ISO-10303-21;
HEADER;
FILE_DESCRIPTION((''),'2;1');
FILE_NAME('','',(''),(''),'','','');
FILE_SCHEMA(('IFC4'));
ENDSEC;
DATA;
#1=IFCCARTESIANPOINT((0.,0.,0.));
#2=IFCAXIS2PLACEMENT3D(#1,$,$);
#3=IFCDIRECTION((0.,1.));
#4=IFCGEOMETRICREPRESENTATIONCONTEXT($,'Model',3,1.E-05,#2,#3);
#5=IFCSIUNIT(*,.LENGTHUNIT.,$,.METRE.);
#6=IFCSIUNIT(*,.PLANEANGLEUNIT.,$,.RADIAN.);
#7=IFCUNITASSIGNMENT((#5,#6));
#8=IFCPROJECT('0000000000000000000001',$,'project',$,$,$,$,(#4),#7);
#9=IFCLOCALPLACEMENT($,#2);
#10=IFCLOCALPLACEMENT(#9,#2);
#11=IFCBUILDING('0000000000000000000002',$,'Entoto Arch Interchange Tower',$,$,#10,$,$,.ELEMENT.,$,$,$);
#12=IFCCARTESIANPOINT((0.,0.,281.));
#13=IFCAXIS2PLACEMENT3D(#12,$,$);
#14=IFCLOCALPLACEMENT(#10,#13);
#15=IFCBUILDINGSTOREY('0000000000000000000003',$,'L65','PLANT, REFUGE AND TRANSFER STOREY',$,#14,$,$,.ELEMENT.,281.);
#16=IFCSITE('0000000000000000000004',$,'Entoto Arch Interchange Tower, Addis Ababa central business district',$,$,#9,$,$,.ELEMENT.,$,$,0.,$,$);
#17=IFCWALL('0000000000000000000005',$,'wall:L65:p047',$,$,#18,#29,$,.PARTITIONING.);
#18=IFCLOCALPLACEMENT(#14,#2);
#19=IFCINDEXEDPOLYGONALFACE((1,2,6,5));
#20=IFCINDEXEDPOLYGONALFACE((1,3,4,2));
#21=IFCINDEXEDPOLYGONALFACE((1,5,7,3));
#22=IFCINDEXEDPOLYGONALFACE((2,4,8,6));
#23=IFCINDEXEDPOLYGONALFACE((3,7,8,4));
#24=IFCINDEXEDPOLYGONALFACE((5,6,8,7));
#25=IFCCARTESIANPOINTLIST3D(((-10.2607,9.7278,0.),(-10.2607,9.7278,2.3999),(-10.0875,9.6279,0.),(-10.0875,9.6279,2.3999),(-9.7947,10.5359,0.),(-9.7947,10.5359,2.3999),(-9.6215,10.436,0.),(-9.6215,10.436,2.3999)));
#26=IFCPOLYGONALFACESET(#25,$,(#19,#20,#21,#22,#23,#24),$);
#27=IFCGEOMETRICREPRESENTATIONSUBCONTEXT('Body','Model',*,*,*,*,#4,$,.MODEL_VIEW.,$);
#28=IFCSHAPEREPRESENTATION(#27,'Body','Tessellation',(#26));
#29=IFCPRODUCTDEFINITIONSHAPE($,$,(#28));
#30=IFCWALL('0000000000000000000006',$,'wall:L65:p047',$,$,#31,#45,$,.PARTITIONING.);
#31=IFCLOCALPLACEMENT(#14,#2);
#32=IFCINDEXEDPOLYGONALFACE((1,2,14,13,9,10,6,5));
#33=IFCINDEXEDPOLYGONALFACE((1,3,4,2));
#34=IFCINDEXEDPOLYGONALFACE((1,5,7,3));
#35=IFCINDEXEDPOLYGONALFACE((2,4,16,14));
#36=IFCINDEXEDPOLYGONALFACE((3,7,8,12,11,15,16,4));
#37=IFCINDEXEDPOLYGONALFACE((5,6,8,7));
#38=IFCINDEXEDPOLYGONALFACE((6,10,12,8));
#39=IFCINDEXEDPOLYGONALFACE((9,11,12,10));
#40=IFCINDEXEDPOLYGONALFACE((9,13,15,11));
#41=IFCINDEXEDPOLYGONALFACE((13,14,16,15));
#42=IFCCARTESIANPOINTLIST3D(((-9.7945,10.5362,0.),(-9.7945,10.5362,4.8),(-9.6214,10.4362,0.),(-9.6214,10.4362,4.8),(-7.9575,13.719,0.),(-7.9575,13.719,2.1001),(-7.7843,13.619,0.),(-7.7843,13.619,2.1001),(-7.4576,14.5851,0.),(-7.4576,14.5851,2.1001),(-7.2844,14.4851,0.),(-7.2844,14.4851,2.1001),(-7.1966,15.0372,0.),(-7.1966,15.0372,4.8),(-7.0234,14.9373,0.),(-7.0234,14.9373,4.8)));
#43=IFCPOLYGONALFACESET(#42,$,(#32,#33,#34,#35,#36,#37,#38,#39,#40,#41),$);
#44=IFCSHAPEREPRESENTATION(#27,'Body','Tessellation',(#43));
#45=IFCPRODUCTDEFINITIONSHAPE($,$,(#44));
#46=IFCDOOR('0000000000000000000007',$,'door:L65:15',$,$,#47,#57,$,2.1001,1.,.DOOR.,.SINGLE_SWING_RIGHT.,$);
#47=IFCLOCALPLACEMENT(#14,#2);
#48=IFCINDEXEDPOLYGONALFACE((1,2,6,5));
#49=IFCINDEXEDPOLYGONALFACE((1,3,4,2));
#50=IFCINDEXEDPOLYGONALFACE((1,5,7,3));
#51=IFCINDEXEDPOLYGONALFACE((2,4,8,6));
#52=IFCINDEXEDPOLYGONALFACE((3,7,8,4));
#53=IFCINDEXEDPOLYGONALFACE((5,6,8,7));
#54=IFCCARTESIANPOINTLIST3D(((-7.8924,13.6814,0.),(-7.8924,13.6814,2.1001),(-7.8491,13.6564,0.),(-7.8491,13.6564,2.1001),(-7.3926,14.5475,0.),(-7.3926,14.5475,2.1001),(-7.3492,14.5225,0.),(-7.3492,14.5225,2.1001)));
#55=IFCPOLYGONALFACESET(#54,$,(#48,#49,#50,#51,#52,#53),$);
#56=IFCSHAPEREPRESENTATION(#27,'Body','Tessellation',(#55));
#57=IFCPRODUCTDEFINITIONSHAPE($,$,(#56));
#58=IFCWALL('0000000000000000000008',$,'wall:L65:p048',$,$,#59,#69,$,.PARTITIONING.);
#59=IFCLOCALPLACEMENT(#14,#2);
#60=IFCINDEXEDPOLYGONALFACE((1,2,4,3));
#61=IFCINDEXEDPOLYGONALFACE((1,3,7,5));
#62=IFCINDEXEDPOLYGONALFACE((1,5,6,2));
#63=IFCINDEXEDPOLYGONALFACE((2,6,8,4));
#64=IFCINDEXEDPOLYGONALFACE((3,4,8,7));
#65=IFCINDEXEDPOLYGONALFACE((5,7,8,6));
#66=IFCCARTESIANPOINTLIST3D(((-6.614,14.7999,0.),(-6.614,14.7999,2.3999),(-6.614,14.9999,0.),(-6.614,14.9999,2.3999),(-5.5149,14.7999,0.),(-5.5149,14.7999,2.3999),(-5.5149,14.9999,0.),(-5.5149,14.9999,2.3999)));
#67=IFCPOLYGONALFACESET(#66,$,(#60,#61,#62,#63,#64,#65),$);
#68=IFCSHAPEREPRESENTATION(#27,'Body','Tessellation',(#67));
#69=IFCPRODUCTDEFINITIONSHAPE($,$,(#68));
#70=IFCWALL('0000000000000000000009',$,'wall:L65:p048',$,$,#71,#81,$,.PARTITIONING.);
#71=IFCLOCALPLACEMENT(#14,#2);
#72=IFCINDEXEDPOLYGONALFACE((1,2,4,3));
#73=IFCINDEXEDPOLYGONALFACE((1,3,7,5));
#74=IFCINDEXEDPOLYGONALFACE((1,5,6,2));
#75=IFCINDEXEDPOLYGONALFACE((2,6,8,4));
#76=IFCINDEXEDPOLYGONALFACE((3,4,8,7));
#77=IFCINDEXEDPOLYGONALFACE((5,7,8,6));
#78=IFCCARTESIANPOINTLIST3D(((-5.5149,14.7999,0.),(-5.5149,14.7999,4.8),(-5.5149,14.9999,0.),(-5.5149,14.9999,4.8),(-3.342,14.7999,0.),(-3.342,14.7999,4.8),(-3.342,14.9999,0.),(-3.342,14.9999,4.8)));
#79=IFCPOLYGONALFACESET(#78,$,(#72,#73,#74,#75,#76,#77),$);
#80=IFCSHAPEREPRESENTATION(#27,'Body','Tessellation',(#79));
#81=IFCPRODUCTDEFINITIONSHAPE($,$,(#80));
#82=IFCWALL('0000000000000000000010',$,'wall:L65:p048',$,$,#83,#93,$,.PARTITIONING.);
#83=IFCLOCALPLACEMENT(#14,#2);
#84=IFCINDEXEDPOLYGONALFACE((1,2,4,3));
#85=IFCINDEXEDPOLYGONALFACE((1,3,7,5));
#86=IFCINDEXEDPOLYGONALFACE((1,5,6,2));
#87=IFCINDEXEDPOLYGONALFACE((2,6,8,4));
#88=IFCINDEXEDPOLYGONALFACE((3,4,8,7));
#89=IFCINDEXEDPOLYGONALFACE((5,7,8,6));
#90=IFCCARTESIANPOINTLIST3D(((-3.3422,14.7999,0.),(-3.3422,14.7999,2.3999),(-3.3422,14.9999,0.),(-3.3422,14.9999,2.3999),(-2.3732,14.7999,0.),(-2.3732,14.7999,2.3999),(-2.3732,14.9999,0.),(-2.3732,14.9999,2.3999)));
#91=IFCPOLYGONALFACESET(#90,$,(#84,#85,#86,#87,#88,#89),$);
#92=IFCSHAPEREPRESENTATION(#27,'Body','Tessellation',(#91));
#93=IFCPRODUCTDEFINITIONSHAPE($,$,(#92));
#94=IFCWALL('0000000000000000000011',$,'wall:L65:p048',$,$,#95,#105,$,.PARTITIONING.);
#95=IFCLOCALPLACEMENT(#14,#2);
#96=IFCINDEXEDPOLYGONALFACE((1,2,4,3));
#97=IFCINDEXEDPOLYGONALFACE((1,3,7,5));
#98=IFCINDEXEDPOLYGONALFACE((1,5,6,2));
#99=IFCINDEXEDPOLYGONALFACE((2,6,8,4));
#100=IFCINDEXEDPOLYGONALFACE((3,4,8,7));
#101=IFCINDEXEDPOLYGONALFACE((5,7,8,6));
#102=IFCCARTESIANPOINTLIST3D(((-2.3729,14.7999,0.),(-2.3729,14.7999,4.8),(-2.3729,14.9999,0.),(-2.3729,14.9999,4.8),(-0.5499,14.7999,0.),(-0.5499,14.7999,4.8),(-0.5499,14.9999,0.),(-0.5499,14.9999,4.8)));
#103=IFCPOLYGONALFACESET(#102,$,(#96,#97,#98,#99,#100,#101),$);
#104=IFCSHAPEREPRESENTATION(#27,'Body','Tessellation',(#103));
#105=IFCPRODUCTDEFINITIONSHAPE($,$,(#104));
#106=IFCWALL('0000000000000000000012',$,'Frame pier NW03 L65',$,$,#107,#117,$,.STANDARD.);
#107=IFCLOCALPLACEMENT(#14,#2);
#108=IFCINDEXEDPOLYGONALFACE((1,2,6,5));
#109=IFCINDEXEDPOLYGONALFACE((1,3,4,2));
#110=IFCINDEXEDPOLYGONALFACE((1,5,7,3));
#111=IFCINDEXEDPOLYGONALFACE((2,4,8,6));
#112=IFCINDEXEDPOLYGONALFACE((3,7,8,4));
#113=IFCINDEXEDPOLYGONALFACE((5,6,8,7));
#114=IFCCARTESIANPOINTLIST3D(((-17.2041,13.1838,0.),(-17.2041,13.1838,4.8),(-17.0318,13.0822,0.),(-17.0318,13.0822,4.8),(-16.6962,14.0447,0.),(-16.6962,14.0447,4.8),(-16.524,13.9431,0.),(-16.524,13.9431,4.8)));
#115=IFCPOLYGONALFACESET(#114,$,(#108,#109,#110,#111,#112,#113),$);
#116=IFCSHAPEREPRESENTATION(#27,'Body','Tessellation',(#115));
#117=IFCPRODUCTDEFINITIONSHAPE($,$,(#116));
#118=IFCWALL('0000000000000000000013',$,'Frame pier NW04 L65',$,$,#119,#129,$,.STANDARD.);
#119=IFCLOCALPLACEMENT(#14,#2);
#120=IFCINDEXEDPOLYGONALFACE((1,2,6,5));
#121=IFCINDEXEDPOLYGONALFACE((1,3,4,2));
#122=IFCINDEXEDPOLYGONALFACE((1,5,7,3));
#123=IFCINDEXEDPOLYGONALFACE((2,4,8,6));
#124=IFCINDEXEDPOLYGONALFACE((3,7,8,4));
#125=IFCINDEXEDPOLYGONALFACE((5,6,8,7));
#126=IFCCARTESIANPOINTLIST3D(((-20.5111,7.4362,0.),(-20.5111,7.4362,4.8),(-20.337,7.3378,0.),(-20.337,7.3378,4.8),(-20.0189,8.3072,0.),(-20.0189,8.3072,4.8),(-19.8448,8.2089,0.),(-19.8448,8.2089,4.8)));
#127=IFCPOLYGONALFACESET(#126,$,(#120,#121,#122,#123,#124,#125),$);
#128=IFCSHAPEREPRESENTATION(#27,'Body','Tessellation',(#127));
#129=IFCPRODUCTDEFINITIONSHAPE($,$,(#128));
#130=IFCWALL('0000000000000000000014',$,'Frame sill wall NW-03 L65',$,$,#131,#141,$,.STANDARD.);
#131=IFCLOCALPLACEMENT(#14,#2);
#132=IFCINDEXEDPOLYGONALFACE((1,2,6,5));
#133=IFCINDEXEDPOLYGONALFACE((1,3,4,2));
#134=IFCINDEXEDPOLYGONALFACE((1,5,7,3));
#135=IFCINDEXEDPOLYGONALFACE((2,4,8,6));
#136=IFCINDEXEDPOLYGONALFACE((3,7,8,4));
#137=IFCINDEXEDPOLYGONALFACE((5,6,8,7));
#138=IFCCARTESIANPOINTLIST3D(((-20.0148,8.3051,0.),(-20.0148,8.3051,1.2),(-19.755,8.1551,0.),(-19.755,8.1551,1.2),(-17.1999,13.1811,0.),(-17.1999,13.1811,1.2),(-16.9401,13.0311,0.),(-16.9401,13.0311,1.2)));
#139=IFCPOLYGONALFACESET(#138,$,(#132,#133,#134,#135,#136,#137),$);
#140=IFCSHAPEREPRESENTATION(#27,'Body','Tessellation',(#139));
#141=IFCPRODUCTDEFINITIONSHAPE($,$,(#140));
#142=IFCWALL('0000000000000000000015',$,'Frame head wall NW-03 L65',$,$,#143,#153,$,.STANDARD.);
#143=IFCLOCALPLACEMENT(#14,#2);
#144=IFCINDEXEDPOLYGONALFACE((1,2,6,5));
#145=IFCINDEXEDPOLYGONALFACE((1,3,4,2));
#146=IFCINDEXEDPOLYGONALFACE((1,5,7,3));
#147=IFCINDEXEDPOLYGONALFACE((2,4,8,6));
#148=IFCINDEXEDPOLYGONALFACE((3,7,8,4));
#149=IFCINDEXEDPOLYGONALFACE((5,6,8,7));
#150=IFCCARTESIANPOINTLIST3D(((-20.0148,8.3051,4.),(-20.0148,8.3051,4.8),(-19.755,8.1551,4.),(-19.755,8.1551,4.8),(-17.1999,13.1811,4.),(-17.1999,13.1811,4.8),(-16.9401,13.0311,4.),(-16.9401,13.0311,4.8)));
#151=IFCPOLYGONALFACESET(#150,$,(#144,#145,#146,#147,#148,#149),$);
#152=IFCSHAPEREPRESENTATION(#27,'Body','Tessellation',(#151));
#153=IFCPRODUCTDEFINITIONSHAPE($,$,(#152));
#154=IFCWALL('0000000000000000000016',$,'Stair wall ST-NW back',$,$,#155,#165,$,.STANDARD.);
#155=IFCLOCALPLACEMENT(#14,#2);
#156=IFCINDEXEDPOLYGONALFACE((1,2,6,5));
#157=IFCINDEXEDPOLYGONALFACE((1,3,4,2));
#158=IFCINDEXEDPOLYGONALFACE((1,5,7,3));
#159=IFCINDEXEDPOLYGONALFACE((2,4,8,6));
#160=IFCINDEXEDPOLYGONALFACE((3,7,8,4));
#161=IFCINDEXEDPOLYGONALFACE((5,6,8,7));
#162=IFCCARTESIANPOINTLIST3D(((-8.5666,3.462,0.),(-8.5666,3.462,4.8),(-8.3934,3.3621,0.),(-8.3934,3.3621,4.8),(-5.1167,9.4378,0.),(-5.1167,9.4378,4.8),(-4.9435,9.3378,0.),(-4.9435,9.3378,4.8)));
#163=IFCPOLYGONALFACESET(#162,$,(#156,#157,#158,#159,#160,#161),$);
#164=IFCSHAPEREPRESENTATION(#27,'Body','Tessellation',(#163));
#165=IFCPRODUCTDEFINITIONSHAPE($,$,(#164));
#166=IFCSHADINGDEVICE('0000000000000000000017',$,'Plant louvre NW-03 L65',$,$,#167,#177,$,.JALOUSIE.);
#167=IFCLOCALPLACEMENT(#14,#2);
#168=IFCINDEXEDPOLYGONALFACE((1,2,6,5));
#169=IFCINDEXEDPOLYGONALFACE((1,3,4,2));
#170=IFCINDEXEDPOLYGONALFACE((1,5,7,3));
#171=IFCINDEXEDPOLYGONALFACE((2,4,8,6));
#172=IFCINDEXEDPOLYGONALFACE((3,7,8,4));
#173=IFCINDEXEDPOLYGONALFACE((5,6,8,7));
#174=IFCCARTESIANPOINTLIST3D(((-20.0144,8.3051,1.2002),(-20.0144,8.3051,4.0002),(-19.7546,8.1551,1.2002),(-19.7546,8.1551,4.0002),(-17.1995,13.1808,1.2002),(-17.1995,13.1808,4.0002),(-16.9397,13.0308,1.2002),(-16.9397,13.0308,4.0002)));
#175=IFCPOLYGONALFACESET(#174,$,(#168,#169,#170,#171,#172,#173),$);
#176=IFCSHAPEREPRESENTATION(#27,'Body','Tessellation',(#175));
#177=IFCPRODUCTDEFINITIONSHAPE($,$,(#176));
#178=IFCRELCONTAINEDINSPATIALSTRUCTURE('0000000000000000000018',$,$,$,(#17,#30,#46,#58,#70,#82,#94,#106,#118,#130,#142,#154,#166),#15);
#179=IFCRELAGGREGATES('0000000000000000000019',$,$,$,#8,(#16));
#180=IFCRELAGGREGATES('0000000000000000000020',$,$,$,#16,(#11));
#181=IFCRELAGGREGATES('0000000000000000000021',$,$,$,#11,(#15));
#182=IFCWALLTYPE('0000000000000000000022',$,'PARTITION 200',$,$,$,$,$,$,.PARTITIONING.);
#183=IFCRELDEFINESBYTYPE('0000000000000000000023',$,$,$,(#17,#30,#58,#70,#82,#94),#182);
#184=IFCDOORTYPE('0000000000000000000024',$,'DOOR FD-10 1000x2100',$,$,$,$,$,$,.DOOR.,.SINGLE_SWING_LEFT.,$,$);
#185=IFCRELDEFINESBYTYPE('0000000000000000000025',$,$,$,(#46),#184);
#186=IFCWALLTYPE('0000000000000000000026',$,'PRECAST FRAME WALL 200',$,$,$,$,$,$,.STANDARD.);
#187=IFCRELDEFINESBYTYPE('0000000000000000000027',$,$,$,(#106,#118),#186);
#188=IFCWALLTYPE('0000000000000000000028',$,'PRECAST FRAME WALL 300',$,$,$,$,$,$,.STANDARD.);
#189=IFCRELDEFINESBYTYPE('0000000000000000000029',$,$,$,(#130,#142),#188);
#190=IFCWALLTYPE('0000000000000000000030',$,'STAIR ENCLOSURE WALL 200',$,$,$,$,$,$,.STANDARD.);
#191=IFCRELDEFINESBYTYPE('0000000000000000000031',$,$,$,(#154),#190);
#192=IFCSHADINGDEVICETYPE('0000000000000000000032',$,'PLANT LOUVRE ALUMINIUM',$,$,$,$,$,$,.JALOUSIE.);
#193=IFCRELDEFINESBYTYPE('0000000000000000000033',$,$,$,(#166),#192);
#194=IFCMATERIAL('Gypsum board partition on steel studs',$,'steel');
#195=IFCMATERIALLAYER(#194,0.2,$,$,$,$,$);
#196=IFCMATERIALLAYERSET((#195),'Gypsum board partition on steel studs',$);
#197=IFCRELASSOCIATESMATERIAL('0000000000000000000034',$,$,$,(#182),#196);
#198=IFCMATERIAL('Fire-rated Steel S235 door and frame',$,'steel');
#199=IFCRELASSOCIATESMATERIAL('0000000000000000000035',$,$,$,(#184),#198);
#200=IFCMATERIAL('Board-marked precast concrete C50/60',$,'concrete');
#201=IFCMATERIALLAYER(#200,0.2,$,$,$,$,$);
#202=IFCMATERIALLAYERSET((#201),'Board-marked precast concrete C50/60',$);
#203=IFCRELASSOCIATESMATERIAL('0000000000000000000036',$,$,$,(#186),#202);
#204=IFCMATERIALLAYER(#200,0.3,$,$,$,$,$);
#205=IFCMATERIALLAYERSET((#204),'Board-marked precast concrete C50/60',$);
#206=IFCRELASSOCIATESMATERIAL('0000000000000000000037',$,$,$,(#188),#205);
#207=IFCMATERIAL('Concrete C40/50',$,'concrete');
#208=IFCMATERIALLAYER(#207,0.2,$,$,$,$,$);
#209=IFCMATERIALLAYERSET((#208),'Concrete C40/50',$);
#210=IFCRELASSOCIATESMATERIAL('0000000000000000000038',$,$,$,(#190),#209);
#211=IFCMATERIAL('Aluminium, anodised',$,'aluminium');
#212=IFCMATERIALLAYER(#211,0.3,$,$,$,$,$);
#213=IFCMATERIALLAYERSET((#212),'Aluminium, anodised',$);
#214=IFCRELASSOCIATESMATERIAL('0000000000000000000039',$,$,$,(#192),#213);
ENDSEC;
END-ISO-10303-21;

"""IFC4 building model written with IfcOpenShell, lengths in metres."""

from ifc_helpers import new_model, si_unit, direction, frame, frame_2d, origin, origin_2d, place, context, subcontext, project, spatial, rectangle, extrude, material, layer, layer_set, type_object, element, fill, save


model = new_model("IFC4")

# Units and contexts
model_context = context("Model", 3, precision=1e-05, world=origin(), true_north=direction((0.0, 1.0)))
body_context = subcontext(model_context, "Body", "Model", "MODEL_VIEW")
ifc_project = project(units=[si_unit("LENGTHUNIT", "METRE"), si_unit("PLANEANGLEUNIT", "RADIAN")], contexts=[model_context])

# Site, building, storey
site_placement = place(None, origin())
site = spatial("IfcSite", under=ifc_project, at=site_placement, Name="Entoto Arch Interchange Tower, Addis Ababa central business district", CompositionType="ELEMENT", RefElevation=0.0)
building_placement = place(site_placement, origin())
building = spatial("IfcBuilding", under=site, at=building_placement, Name="Entoto Arch Interchange Tower", CompositionType="ELEMENT")
storey_placement = place(building_placement, frame((0.0, 0.0, 281.0)))
storey = spatial("IfcBuildingStorey", under=building, at=storey_placement, Name="L65", Description="PLANT, REFUGE AND TRANSFER STOREY", CompositionType="ELEMENT", Elevation=281.0)

# Shared definitions
ifc_material_1 = material(Name="Concrete C40/50", Category="concrete")

# Shared definitions
ifc_material_2 = material(Name="Gypsum board partition on steel studs", Category="steel")
ifc_layer_1 = layer(ifc_material_2, 0.2)
ifc_layer_set_1 = layer_set([ifc_layer_1], Name="Gypsum board partition on steel studs")
wall_type_1 = type_object("IfcWallType", Name="PARTITION 200", PredefinedType="PARTITIONING", material=ifc_layer_set_1)
ifc_material_3 = material(Name="Fire-rated Steel S235 door and frame", Category="steel")
door_type = type_object("IfcDoorType", Name="DOOR FD-10 1000x2100", OperationType="SINGLE_SWING_LEFT", PredefinedType="DOOR", material=ifc_material_3)

# Wall
wall_1_placement = place(storey_placement, frame((-10.1741, 9.678, 0.0), z_axis=(0.0, 0.0, 1.0), x_axis=(0.499602, 0.866255, 0.0)))
element("IfcWall", 1, at=wall_1_placement, inside=storey, type_object=wall_type_1, Name="wall:L65:p047", PredefinedType="PARTITIONING", context=body_context, shape_type="SweptSolid", body=[
    extrude(rectangle(XDim=0.9329, YDim=0.2, at=frame_2d((0.4663, 0.0))), origin(), (0.0, 0.0, 1.0), 2.3999),
])

# Wall, opening, door
wall_2_placement = place(storey_placement, frame((-9.708, 10.4861, 0.0), z_axis=(0.0, 0.0, 1.0), x_axis=(0.499893, 0.866087, 0.0)))
wall_2 = element("IfcWall", 2, at=wall_2_placement, inside=storey, type_object=wall_type_1, Name="wall:L65:p047", PredefinedType="PARTITIONING", context=body_context, shape_type="SweptSolid", body=[
    extrude(rectangle(XDim=5.197, YDim=0.2, at=frame_2d((2.5986, 0.0))), origin(), (0.0, 0.0, 1.0), 4.8),
])
opening_1_placement = place(wall_2_placement, frame((3.675, 0.0, 0.0)))
opening_1 = element("IfcOpeningElement", 3, at=opening_1_placement, cuts=wall_2, PredefinedType="OPENING", context=body_context, shape_type="SweptSolid", body=[
    extrude(rectangle(XDim=1.0, YDim=2.1001, at=frame_2d((0.5, 1.05))), frame((0.0, 0.1099, 0.0), z_axis=(0.0, -1.0, 0.0), x_axis=(1.0, 0.0, 0.0)), (0.0, 0.0, 1.0), 0.22),
])
door_1_placement = place(opening_1_placement, origin())
door_1 = element("IfcDoor", 4, at=door_1_placement, inside=storey, type_object=door_type, Name="door:L65:15", OperationType="SINGLE_SWING_RIGHT", OverallHeight=2.1001, OverallWidth=1.0, PredefinedType="DOOR", context=body_context, shape_type="SweptSolid", body=[
    extrude(rectangle(XDim=1.0, YDim=2.1001, at=frame_2d((0.5, 1.05))), frame((0.0, 0.0249, 0.0), z_axis=(0.0, -1.0, 0.0), x_axis=(1.0, 0.0, 0.0)), (0.0, 0.0, 1.0), 0.05),
])
fill(opening_1, door_1)

# Walls
wall_3_placement = place(storey_placement, frame((-6.614, 14.8999, 0.0), z_axis=(0.0, 0.0, 1.0), x_axis=(1.0, 0.0, 0.0)))
element("IfcWall", 5, at=wall_3_placement, inside=storey, type_object=wall_type_1, Name="wall:L65:p048", PredefinedType="PARTITIONING", context=body_context, shape_type="SweptSolid", body=[
    extrude(rectangle(XDim=1.0991, YDim=0.2, at=frame_2d((0.5496, 0.0))), origin(), (0.0, 0.0, 1.0), 2.3999),
])
wall_4_placement = place(storey_placement, frame((-5.5149, 14.8999, 0.0), z_axis=(0.0, 0.0, 1.0), x_axis=(1.0, 0.0, 0.0)))
element("IfcWall", 6, at=wall_4_placement, inside=storey, type_object=wall_type_1, Name="wall:L65:p048", PredefinedType="PARTITIONING", context=body_context, shape_type="SweptSolid", body=[
    extrude(rectangle(XDim=2.1729, YDim=0.2, at=frame_2d((1.0864, 0.0))), origin(), (0.0, 0.0, 1.0), 4.8),
])
wall_5_placement = place(storey_placement, frame((-3.342, 14.8999, 0.0), z_axis=(0.0, 0.0, 1.0), x_axis=(1.0, 0.0, 0.0)))
element("IfcWall", 7, at=wall_5_placement, inside=storey, type_object=wall_type_1, Name="wall:L65:p048", PredefinedType="PARTITIONING", context=body_context, shape_type="SweptSolid", body=[
    extrude(rectangle(XDim=0.969, YDim=0.2, at=frame_2d((0.4844, 0.0))), origin(), (0.0, 0.0, 1.0), 2.3999),
])
wall_6_placement = place(storey_placement, frame((-2.373, 14.8999, 0.0), z_axis=(0.0, 0.0, 1.0), x_axis=(1.0, 0.0, 0.0)))
element("IfcWall", 8, at=wall_6_placement, inside=storey, type_object=wall_type_1, Name="wall:L65:p048", PredefinedType="PARTITIONING", context=body_context, shape_type="SweptSolid", body=[
    extrude(rectangle(XDim=1.823, YDim=0.2, at=frame_2d((0.9116, 0.0))), origin(), (0.0, 0.0, 1.0), 4.8),
])
ifc_material_4 = material(Name="Board-marked precast concrete C50/60", Category="concrete")
ifc_layer_2 = layer(ifc_material_4, 0.2)
ifc_layer_set_2 = layer_set([ifc_layer_2], Name="Board-marked precast concrete C50/60")
wall_type_2 = type_object("IfcWallType", Name="PRECAST FRAME WALL 200", PredefinedType="STANDARD", material=ifc_layer_set_2)
wall_7_placement = place(storey_placement, frame((-16.6101, 13.9939, 0.0), z_axis=(0.0, 0.0, 1.0), x_axis=(-0.508087, -0.861306, 0.0)))
element("IfcWall", 9, at=wall_7_placement, inside=storey, type_object=wall_type_2, Name="Frame pier NW03 L65", PredefinedType="STANDARD", context=body_context, shape_type="SweptSolid", body=[
    extrude(rectangle(XDim=0.9995, YDim=0.2, at=frame_2d((0.4998, 0.0))), origin(), (0.0, 0.0, 1.0), 4.8),
])
wall_8_placement = place(storey_placement, frame((-19.9319, 8.2581, 0.0), z_axis=(0.0, 0.0, 1.0), x_axis=(-0.491929, -0.870636, 0.0)))
element("IfcWall", 10, at=wall_8_placement, inside=storey, type_object=wall_type_2, Name="Frame pier NW04 L65", PredefinedType="STANDARD", context=body_context, shape_type="SweptSolid", body=[
    extrude(rectangle(XDim=1.0005, YDim=0.2, at=frame_2d((0.5002, 0.0))), origin(), (0.0, 0.0, 1.0), 4.8),
])
ifc_layer_3 = layer(ifc_material_4, 0.3)
ifc_layer_set_3 = layer_set([ifc_layer_3], Name="Board-marked precast concrete C50/60")
wall_type_3 = type_object("IfcWallType", Name="PRECAST FRAME WALL 300", PredefinedType="STANDARD", material=ifc_layer_set_3)
wall_9_placement = place(storey_placement, frame((-17.0701, 13.106, 0.0), z_axis=(0.0, 0.0, 1.0), x_axis=(-0.499973, -0.866041, 0.0)))
element("IfcWall", 11, at=wall_9_placement, inside=storey, type_object=wall_type_3, Name="Frame sill wall NW-03 L65", PredefinedType="STANDARD", context=body_context, shape_type="SweptSolid", body=[
    extrude(rectangle(XDim=5.6301, YDim=0.3, at=frame_2d((2.8149, 0.0))), origin(), (0.0, 0.0, 1.0), 1.2),
])
wall_10_placement = place(storey_placement, frame((-17.0701, 13.106, 4.0), z_axis=(0.0, 0.0, 1.0), x_axis=(-0.499973, -0.866041, 0.0)))
element("IfcWall", 12, at=wall_10_placement, inside=storey, type_object=wall_type_3, Name="Frame head wall NW-03 L65", PredefinedType="STANDARD", context=body_context, shape_type="SweptSolid", body=[
    extrude(rectangle(XDim=5.6301, YDim=0.3, at=frame_2d((2.8149, 0.0))), origin(), (0.0, 0.0, 1.0), 0.8),
])
ifc_layer_4 = layer(ifc_material_1, 0.2)
ifc_layer_set_4 = layer_set([ifc_layer_4], Name="Concrete C40/50")
wall_type_4 = type_object("IfcWallType", Name="STAIR ENCLOSURE WALL 200", PredefinedType="STANDARD", material=ifc_layer_set_4)
wall_11_placement = place(storey_placement, frame((-5.03, 9.3879, 0.0), z_axis=(0.0, 0.0, 1.0), x_axis=(-0.499979, -0.866038, 0.0)))
element("IfcWall", 13, at=wall_11_placement, inside=storey, type_object=wall_type_4, Name="Stair wall ST-NW back", PredefinedType="STANDARD", context=body_context, shape_type="SweptSolid", body=[
    extrude(rectangle(XDim=6.9001, YDim=0.2, at=frame_2d((3.4502, 0.0))), origin(), (0.0, 0.0, 1.0), 4.8),
])

# Shading device
ifc_material_5 = material(Name="Aluminium, anodised", Category="aluminium")
ifc_layer_5 = layer(ifc_material_5, 0.3)
ifc_layer_set_5 = layer_set([ifc_layer_5], Name="Aluminium, anodised")
shading_device_type = type_object("IfcShadingDeviceType", Name="PLANT LOUVRE ALUMINIUM", PredefinedType="JALOUSIE", material=ifc_layer_set_5)
shading_device_placement = place(storey_placement, frame((-18.4771, 10.668, 1.2002), z_axis=(0.0, 0.0, 1.0), x_axis=(-0.499985, -0.866034, 0.0)))
element("IfcShadingDevice", 14, at=shading_device_placement, inside=storey, type_object=shading_device_type, Name="Plant louvre NW-03 L65", PredefinedType="JALOUSIE", context=body_context, shape_type="SweptSolid", body=[
    extrude(rectangle(XDim=5.6299, YDim=0.3, at=origin_2d()), origin(), (0.0, 0.0, 1.0), 2.8),
])

save(model, "model.ifc")
